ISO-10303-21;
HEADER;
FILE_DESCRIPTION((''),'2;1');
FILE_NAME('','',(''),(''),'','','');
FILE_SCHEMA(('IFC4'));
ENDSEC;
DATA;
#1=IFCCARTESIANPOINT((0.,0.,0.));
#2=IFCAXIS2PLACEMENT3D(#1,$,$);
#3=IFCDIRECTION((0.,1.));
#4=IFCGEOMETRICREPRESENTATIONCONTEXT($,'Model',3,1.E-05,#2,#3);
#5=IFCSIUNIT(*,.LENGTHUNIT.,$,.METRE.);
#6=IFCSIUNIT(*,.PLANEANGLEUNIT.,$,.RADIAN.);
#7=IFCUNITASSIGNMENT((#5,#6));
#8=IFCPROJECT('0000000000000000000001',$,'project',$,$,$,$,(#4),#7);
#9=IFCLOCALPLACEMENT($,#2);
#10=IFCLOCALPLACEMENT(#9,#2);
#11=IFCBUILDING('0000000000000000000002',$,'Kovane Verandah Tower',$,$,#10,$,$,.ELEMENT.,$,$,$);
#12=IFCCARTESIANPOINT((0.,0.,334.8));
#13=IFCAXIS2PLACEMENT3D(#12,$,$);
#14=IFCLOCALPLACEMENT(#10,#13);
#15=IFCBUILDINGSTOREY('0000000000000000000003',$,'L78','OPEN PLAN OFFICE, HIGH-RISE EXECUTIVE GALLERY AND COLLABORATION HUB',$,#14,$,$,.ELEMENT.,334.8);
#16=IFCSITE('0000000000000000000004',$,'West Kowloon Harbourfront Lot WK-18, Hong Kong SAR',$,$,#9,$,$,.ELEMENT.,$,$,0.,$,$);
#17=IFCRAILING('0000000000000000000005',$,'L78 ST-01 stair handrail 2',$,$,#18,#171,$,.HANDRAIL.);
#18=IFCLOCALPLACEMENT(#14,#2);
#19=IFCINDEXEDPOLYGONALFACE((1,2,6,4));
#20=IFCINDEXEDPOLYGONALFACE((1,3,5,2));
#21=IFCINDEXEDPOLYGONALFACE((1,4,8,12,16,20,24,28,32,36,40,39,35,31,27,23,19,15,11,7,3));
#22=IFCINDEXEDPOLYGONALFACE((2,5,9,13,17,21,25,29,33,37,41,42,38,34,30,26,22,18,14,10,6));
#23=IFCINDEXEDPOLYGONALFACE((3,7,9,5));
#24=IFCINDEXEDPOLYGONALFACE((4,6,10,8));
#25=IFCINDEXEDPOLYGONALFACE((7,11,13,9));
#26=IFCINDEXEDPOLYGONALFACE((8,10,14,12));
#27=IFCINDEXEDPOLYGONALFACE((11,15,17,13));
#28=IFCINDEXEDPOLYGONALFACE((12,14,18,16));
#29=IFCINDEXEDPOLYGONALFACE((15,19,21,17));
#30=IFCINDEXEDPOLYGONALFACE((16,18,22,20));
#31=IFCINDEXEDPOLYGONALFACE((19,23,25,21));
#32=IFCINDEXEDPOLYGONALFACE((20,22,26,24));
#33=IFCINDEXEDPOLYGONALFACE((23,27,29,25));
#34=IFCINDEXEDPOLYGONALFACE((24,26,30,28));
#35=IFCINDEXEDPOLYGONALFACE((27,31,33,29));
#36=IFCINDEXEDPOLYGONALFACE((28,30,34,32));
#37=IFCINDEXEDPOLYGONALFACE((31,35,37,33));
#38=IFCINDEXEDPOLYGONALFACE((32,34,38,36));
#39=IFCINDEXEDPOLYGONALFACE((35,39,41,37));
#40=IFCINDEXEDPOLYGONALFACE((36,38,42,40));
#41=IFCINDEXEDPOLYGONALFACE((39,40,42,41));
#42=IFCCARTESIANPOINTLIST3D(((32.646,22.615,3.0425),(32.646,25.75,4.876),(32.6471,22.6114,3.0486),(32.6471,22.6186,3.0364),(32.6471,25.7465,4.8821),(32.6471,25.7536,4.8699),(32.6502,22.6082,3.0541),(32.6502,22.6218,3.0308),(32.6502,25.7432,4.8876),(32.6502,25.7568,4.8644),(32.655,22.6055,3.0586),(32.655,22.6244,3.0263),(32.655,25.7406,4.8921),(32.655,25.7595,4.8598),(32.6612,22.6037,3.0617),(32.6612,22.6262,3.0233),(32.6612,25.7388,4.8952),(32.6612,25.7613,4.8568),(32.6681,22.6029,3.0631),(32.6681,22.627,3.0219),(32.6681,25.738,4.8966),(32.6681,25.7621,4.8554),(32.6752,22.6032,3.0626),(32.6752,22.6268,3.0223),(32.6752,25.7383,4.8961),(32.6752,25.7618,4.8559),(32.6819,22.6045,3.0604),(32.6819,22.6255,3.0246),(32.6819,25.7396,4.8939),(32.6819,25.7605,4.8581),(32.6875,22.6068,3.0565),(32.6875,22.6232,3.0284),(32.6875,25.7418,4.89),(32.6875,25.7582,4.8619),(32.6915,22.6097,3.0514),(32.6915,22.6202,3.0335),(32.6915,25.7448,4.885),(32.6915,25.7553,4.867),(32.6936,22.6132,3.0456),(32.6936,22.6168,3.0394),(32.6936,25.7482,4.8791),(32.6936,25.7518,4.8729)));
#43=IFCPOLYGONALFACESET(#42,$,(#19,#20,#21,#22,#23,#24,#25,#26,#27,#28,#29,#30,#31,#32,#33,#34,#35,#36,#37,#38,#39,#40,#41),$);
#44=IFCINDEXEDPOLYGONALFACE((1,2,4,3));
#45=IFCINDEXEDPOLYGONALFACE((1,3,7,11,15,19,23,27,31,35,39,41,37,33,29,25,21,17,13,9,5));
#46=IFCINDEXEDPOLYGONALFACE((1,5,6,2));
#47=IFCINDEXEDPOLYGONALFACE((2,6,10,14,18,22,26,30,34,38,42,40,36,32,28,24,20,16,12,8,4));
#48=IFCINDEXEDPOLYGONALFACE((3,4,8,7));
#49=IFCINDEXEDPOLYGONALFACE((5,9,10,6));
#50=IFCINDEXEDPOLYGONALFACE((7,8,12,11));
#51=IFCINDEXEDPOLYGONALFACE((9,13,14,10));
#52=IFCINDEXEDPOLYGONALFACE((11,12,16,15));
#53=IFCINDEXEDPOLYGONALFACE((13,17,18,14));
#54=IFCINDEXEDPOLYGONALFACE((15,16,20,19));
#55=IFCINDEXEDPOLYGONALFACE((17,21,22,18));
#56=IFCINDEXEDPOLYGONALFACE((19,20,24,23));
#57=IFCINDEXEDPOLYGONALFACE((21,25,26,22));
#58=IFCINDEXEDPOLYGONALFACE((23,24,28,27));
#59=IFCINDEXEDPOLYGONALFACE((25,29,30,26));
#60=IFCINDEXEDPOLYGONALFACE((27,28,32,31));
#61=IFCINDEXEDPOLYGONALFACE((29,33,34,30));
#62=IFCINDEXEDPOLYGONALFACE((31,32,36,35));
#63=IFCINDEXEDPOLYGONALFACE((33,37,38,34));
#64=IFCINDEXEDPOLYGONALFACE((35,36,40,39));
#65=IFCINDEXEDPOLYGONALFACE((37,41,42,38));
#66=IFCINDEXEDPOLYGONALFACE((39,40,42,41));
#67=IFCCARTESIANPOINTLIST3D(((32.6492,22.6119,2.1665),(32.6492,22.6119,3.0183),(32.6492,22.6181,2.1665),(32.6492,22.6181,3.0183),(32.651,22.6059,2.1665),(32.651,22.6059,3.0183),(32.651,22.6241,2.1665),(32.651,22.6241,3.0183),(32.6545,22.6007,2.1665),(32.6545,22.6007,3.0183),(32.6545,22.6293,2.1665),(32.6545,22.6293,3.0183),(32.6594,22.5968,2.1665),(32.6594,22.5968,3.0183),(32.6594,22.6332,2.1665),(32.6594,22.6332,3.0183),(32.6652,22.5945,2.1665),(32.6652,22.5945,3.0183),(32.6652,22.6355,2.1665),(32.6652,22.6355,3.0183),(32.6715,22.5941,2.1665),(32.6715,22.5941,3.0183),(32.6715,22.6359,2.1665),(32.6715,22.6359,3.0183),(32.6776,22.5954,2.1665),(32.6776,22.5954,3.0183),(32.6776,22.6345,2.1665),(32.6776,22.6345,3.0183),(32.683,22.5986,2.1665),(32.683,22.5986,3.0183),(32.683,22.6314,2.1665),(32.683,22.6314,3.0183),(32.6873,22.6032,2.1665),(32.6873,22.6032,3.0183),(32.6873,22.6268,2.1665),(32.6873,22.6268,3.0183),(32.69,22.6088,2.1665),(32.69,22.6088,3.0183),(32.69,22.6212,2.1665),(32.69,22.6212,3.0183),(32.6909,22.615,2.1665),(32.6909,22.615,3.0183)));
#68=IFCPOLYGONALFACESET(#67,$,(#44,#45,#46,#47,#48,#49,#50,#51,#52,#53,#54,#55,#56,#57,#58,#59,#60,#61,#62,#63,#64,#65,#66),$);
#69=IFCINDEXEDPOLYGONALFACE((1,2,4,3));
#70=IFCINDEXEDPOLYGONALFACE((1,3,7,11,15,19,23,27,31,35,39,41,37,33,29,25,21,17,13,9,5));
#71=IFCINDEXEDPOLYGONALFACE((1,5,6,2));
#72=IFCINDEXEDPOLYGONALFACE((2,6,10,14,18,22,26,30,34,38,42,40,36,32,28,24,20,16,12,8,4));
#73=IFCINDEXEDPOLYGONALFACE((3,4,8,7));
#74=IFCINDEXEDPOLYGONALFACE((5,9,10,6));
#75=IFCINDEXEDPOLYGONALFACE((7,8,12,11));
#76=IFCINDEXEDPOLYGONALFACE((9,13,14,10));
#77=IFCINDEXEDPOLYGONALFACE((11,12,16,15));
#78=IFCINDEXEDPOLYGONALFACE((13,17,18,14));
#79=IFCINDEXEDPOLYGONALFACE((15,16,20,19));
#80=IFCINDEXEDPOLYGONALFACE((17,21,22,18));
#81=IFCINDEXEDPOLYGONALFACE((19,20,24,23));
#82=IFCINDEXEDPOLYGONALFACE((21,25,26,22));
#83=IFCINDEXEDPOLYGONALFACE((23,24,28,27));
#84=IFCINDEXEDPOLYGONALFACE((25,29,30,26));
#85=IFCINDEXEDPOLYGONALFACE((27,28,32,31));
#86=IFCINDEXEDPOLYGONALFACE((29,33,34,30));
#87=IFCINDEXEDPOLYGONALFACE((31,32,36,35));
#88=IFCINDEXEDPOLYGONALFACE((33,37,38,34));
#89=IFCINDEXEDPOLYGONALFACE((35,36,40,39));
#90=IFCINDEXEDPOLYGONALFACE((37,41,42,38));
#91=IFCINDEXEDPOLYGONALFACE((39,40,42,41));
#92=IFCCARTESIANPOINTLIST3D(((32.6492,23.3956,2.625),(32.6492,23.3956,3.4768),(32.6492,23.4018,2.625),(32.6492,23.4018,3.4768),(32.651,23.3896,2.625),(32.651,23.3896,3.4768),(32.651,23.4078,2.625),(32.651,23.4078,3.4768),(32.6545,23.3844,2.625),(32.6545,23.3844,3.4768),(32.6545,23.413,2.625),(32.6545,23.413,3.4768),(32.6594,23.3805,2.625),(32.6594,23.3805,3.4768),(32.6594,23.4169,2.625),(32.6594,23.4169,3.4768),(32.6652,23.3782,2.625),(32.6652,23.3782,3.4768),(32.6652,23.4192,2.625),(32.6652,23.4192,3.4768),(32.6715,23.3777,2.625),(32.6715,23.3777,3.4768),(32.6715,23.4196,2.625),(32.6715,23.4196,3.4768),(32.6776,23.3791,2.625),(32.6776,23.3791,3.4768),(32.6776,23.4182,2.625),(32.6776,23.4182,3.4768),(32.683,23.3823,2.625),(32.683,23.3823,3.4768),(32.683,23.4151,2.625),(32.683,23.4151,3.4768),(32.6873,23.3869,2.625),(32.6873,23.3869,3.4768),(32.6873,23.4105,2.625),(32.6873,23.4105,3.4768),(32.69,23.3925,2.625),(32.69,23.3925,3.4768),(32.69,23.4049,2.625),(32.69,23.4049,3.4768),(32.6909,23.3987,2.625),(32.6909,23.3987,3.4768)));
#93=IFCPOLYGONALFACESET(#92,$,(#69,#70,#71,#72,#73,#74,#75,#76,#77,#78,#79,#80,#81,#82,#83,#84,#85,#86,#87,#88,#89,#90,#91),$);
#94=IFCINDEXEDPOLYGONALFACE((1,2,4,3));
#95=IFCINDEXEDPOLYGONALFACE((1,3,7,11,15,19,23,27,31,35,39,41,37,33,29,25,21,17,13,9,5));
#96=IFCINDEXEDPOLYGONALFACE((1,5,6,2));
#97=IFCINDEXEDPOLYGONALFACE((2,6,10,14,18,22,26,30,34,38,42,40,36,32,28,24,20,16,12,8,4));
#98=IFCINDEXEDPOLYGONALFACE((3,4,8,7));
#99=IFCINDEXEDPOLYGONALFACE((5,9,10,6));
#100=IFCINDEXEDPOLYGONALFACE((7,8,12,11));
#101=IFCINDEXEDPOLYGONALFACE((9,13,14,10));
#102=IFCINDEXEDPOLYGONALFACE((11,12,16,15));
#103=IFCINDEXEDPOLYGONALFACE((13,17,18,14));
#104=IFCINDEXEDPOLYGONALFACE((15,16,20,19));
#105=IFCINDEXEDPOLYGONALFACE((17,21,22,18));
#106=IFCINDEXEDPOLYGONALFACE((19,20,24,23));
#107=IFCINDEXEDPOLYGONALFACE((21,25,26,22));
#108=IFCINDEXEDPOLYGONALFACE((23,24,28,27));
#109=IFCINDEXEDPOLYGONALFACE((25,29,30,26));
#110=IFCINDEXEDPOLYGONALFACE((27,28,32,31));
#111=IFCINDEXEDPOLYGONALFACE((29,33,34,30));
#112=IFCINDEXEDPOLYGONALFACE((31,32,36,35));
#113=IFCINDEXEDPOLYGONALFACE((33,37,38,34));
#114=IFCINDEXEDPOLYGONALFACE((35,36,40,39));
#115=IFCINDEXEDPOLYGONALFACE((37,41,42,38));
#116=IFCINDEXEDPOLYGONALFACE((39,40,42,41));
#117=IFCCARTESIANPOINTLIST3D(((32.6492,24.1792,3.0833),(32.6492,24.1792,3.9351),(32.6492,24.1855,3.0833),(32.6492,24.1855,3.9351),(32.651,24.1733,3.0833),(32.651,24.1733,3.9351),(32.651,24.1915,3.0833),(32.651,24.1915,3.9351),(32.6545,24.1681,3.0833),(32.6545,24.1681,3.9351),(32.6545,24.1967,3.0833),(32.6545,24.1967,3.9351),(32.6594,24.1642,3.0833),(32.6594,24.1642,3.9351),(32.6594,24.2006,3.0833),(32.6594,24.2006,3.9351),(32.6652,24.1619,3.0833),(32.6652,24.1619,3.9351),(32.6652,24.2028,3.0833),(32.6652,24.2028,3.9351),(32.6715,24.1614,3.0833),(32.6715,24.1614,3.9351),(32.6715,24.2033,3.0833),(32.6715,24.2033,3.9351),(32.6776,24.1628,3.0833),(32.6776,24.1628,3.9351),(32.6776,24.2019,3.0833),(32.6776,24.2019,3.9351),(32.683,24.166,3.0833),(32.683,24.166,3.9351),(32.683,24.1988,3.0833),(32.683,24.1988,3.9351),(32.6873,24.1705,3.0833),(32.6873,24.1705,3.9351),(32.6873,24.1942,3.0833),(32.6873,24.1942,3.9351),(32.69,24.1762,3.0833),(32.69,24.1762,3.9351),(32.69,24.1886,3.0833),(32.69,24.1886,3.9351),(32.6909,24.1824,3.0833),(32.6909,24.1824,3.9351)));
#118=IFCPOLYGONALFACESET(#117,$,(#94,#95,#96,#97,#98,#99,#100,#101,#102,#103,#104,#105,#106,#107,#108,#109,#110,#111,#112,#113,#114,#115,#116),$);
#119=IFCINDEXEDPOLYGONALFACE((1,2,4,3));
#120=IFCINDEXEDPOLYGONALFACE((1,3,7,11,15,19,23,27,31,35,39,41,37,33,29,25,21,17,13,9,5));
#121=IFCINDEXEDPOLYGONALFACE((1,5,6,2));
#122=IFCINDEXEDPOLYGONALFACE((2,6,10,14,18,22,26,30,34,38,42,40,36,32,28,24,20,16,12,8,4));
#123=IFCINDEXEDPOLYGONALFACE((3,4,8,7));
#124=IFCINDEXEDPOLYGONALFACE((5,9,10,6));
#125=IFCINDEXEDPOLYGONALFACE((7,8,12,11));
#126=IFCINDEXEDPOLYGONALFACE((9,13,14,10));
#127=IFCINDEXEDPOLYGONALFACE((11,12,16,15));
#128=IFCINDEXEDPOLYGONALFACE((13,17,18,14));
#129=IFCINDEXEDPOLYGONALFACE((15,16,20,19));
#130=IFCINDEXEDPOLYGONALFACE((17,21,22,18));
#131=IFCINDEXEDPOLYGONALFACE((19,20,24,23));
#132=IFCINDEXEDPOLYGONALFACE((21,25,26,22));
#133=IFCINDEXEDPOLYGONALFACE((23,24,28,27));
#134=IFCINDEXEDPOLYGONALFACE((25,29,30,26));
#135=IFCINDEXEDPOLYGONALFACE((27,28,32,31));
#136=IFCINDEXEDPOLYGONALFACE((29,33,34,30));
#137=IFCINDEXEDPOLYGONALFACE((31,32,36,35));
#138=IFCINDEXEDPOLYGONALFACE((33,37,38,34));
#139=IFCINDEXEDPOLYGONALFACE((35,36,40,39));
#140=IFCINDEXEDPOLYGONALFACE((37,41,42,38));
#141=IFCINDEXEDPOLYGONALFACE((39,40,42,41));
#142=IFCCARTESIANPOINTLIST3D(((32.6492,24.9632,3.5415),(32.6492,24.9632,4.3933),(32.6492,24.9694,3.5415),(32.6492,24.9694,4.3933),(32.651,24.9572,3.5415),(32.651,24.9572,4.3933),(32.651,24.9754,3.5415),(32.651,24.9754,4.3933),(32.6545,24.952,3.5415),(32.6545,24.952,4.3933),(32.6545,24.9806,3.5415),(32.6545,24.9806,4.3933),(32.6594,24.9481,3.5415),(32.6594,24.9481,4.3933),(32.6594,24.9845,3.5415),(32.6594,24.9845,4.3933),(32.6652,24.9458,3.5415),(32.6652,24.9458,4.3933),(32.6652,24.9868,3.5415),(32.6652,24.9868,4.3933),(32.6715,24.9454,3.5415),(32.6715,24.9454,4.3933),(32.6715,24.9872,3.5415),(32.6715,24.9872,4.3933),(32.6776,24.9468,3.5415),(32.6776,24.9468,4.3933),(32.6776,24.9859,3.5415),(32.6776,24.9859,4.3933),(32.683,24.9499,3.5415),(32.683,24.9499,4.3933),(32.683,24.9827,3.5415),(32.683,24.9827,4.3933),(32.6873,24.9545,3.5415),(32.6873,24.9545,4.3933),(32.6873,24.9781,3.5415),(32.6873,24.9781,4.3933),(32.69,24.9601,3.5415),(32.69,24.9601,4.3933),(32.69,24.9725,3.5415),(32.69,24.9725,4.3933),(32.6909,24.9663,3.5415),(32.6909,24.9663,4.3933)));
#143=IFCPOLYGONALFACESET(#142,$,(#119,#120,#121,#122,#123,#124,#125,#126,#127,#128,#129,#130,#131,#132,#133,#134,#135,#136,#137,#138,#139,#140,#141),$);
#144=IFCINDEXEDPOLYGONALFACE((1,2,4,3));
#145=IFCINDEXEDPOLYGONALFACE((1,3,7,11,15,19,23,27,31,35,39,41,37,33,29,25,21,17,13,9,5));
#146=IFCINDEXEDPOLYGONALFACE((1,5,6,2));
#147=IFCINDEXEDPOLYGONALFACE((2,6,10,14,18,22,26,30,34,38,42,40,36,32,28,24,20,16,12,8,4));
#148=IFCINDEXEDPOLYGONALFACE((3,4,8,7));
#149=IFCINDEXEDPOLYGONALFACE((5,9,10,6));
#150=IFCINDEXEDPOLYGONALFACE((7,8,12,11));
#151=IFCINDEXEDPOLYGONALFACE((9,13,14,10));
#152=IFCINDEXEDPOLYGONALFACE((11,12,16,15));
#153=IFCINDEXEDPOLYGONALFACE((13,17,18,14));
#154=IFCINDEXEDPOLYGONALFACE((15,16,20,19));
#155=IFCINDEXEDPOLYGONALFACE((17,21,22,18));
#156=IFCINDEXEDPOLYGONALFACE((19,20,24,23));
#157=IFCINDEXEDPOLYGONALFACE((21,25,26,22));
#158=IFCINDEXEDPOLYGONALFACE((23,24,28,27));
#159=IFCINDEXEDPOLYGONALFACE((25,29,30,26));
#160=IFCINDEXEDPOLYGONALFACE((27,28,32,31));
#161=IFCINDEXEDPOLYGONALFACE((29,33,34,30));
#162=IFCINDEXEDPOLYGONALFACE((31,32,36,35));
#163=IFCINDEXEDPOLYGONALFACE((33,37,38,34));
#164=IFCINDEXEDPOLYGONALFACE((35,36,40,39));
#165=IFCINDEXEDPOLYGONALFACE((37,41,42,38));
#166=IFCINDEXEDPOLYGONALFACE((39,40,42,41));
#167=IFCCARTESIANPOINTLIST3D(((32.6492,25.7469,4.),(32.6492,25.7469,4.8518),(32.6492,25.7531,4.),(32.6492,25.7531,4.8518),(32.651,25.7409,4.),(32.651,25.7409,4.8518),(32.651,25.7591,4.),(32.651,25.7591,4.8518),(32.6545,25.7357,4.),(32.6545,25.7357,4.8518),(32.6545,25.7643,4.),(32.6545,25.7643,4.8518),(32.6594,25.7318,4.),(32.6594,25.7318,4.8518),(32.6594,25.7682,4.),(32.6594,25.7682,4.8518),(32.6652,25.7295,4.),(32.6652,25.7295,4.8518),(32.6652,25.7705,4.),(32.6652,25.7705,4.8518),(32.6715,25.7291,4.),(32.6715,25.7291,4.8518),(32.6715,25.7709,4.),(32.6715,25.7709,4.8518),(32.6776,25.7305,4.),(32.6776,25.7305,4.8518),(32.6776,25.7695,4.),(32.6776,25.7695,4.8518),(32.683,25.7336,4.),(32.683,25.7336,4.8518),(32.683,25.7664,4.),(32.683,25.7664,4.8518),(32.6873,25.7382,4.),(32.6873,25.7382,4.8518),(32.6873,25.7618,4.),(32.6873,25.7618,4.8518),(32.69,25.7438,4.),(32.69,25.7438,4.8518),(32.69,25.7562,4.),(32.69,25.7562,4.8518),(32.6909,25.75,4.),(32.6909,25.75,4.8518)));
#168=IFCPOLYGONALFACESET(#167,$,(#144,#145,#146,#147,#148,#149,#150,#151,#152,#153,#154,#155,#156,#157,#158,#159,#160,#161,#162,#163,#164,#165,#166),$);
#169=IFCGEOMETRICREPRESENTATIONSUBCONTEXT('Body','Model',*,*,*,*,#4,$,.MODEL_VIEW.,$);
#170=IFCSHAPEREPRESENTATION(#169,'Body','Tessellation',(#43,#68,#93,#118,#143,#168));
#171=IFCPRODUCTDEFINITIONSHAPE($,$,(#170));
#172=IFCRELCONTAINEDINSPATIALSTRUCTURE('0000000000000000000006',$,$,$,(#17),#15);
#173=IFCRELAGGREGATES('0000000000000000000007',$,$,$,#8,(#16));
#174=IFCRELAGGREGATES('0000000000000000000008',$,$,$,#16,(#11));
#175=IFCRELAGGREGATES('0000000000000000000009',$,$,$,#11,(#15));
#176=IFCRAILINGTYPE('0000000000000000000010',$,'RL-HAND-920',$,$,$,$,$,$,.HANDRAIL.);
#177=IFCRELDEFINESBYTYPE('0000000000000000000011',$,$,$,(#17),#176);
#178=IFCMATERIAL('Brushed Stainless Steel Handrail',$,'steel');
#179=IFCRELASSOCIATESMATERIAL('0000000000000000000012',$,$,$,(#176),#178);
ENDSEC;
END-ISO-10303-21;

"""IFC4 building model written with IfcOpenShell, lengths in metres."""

from ifc_helpers import new_model, si_unit, direction, frame, origin, origin_2d, place, context, subcontext, project, spatial, circle, extrude, material, type_object, element, save


model = new_model("IFC4")

# Units and contexts
model_context = context("Model", 3, precision=1e-05, world=origin(), true_north=direction((0.0, 1.0)))
body_context = subcontext(model_context, "Body", "Model", "MODEL_VIEW")
ifc_project = project(units=[si_unit("LENGTHUNIT", "METRE"), si_unit("PLANEANGLEUNIT", "RADIAN")], contexts=[model_context])

# Site, building, storey
site_placement = place(None, origin())
site = spatial("IfcSite", under=ifc_project, at=site_placement, Name="West Kowloon Harbourfront Lot WK-18, Hong Kong SAR", CompositionType="ELEMENT", RefElevation=0.0)
building_placement = place(site_placement, origin())
building = spatial("IfcBuilding", under=site, at=building_placement, Name="Kovane Verandah Tower", CompositionType="ELEMENT")
storey_placement = place(building_placement, frame((0.0, 0.0, 334.8)))
storey = spatial("IfcBuildingStorey", under=building, at=storey_placement, Name="L78", Description="OPEN PLAN OFFICE, HIGH-RISE EXECUTIVE GALLERY AND COLLABORATION HUB", CompositionType="ELEMENT", Elevation=334.8)

# Railing
ifc_material_1 = material(Name="Brushed Stainless Steel Handrail", Category="steel")
railing_type_1 = type_object("IfcRailingType", Name="RL-HAND-920", PredefinedType="HANDRAIL", material=ifc_material_1)
railing_1_placement = place(storey_placement, frame((32.6699, 22.615, 2.1665)))
element("IfcRailing", 1, at=railing_1_placement, inside=storey, type_object=railing_type_1, Name="L78 ST-01 stair handrail 2", PredefinedType="HANDRAIL", context=body_context, shape_type="SweptSolid", body=[
    extrude(circle(Radius=0.0239, at=origin_2d()), frame((0.0, 0.0, 0.876), z_axis=(0.0, 0.86321, 0.504845), x_axis=(-1.0, 0.0, 0.0)), (0.0, 0.0, 1.0), 3.6318),
    extrude(circle(Radius=0.021, at=origin_2d()), origin(), (0.0, 0.0, 1.0), 0.8518),
    extrude(circle(Radius=0.021, at=origin_2d()), frame((0.0, 0.7837, 0.4585)), (0.0, 0.0, 1.0), 0.8518),
    extrude(circle(Radius=0.021, at=origin_2d()), frame((0.0, 1.5674, 0.9167)), (0.0, 0.0, 1.0), 0.8518),
    extrude(circle(Radius=0.021, at=origin_2d()), frame((0.0, 2.3513, 1.375)), (0.0, 0.0, 1.0), 0.8518),
    extrude(circle(Radius=0.021, at=origin_2d()), frame((0.0, 3.135, 1.8335)), (0.0, 0.0, 1.0), 0.8518),
])

save(model, "model.ifc")
